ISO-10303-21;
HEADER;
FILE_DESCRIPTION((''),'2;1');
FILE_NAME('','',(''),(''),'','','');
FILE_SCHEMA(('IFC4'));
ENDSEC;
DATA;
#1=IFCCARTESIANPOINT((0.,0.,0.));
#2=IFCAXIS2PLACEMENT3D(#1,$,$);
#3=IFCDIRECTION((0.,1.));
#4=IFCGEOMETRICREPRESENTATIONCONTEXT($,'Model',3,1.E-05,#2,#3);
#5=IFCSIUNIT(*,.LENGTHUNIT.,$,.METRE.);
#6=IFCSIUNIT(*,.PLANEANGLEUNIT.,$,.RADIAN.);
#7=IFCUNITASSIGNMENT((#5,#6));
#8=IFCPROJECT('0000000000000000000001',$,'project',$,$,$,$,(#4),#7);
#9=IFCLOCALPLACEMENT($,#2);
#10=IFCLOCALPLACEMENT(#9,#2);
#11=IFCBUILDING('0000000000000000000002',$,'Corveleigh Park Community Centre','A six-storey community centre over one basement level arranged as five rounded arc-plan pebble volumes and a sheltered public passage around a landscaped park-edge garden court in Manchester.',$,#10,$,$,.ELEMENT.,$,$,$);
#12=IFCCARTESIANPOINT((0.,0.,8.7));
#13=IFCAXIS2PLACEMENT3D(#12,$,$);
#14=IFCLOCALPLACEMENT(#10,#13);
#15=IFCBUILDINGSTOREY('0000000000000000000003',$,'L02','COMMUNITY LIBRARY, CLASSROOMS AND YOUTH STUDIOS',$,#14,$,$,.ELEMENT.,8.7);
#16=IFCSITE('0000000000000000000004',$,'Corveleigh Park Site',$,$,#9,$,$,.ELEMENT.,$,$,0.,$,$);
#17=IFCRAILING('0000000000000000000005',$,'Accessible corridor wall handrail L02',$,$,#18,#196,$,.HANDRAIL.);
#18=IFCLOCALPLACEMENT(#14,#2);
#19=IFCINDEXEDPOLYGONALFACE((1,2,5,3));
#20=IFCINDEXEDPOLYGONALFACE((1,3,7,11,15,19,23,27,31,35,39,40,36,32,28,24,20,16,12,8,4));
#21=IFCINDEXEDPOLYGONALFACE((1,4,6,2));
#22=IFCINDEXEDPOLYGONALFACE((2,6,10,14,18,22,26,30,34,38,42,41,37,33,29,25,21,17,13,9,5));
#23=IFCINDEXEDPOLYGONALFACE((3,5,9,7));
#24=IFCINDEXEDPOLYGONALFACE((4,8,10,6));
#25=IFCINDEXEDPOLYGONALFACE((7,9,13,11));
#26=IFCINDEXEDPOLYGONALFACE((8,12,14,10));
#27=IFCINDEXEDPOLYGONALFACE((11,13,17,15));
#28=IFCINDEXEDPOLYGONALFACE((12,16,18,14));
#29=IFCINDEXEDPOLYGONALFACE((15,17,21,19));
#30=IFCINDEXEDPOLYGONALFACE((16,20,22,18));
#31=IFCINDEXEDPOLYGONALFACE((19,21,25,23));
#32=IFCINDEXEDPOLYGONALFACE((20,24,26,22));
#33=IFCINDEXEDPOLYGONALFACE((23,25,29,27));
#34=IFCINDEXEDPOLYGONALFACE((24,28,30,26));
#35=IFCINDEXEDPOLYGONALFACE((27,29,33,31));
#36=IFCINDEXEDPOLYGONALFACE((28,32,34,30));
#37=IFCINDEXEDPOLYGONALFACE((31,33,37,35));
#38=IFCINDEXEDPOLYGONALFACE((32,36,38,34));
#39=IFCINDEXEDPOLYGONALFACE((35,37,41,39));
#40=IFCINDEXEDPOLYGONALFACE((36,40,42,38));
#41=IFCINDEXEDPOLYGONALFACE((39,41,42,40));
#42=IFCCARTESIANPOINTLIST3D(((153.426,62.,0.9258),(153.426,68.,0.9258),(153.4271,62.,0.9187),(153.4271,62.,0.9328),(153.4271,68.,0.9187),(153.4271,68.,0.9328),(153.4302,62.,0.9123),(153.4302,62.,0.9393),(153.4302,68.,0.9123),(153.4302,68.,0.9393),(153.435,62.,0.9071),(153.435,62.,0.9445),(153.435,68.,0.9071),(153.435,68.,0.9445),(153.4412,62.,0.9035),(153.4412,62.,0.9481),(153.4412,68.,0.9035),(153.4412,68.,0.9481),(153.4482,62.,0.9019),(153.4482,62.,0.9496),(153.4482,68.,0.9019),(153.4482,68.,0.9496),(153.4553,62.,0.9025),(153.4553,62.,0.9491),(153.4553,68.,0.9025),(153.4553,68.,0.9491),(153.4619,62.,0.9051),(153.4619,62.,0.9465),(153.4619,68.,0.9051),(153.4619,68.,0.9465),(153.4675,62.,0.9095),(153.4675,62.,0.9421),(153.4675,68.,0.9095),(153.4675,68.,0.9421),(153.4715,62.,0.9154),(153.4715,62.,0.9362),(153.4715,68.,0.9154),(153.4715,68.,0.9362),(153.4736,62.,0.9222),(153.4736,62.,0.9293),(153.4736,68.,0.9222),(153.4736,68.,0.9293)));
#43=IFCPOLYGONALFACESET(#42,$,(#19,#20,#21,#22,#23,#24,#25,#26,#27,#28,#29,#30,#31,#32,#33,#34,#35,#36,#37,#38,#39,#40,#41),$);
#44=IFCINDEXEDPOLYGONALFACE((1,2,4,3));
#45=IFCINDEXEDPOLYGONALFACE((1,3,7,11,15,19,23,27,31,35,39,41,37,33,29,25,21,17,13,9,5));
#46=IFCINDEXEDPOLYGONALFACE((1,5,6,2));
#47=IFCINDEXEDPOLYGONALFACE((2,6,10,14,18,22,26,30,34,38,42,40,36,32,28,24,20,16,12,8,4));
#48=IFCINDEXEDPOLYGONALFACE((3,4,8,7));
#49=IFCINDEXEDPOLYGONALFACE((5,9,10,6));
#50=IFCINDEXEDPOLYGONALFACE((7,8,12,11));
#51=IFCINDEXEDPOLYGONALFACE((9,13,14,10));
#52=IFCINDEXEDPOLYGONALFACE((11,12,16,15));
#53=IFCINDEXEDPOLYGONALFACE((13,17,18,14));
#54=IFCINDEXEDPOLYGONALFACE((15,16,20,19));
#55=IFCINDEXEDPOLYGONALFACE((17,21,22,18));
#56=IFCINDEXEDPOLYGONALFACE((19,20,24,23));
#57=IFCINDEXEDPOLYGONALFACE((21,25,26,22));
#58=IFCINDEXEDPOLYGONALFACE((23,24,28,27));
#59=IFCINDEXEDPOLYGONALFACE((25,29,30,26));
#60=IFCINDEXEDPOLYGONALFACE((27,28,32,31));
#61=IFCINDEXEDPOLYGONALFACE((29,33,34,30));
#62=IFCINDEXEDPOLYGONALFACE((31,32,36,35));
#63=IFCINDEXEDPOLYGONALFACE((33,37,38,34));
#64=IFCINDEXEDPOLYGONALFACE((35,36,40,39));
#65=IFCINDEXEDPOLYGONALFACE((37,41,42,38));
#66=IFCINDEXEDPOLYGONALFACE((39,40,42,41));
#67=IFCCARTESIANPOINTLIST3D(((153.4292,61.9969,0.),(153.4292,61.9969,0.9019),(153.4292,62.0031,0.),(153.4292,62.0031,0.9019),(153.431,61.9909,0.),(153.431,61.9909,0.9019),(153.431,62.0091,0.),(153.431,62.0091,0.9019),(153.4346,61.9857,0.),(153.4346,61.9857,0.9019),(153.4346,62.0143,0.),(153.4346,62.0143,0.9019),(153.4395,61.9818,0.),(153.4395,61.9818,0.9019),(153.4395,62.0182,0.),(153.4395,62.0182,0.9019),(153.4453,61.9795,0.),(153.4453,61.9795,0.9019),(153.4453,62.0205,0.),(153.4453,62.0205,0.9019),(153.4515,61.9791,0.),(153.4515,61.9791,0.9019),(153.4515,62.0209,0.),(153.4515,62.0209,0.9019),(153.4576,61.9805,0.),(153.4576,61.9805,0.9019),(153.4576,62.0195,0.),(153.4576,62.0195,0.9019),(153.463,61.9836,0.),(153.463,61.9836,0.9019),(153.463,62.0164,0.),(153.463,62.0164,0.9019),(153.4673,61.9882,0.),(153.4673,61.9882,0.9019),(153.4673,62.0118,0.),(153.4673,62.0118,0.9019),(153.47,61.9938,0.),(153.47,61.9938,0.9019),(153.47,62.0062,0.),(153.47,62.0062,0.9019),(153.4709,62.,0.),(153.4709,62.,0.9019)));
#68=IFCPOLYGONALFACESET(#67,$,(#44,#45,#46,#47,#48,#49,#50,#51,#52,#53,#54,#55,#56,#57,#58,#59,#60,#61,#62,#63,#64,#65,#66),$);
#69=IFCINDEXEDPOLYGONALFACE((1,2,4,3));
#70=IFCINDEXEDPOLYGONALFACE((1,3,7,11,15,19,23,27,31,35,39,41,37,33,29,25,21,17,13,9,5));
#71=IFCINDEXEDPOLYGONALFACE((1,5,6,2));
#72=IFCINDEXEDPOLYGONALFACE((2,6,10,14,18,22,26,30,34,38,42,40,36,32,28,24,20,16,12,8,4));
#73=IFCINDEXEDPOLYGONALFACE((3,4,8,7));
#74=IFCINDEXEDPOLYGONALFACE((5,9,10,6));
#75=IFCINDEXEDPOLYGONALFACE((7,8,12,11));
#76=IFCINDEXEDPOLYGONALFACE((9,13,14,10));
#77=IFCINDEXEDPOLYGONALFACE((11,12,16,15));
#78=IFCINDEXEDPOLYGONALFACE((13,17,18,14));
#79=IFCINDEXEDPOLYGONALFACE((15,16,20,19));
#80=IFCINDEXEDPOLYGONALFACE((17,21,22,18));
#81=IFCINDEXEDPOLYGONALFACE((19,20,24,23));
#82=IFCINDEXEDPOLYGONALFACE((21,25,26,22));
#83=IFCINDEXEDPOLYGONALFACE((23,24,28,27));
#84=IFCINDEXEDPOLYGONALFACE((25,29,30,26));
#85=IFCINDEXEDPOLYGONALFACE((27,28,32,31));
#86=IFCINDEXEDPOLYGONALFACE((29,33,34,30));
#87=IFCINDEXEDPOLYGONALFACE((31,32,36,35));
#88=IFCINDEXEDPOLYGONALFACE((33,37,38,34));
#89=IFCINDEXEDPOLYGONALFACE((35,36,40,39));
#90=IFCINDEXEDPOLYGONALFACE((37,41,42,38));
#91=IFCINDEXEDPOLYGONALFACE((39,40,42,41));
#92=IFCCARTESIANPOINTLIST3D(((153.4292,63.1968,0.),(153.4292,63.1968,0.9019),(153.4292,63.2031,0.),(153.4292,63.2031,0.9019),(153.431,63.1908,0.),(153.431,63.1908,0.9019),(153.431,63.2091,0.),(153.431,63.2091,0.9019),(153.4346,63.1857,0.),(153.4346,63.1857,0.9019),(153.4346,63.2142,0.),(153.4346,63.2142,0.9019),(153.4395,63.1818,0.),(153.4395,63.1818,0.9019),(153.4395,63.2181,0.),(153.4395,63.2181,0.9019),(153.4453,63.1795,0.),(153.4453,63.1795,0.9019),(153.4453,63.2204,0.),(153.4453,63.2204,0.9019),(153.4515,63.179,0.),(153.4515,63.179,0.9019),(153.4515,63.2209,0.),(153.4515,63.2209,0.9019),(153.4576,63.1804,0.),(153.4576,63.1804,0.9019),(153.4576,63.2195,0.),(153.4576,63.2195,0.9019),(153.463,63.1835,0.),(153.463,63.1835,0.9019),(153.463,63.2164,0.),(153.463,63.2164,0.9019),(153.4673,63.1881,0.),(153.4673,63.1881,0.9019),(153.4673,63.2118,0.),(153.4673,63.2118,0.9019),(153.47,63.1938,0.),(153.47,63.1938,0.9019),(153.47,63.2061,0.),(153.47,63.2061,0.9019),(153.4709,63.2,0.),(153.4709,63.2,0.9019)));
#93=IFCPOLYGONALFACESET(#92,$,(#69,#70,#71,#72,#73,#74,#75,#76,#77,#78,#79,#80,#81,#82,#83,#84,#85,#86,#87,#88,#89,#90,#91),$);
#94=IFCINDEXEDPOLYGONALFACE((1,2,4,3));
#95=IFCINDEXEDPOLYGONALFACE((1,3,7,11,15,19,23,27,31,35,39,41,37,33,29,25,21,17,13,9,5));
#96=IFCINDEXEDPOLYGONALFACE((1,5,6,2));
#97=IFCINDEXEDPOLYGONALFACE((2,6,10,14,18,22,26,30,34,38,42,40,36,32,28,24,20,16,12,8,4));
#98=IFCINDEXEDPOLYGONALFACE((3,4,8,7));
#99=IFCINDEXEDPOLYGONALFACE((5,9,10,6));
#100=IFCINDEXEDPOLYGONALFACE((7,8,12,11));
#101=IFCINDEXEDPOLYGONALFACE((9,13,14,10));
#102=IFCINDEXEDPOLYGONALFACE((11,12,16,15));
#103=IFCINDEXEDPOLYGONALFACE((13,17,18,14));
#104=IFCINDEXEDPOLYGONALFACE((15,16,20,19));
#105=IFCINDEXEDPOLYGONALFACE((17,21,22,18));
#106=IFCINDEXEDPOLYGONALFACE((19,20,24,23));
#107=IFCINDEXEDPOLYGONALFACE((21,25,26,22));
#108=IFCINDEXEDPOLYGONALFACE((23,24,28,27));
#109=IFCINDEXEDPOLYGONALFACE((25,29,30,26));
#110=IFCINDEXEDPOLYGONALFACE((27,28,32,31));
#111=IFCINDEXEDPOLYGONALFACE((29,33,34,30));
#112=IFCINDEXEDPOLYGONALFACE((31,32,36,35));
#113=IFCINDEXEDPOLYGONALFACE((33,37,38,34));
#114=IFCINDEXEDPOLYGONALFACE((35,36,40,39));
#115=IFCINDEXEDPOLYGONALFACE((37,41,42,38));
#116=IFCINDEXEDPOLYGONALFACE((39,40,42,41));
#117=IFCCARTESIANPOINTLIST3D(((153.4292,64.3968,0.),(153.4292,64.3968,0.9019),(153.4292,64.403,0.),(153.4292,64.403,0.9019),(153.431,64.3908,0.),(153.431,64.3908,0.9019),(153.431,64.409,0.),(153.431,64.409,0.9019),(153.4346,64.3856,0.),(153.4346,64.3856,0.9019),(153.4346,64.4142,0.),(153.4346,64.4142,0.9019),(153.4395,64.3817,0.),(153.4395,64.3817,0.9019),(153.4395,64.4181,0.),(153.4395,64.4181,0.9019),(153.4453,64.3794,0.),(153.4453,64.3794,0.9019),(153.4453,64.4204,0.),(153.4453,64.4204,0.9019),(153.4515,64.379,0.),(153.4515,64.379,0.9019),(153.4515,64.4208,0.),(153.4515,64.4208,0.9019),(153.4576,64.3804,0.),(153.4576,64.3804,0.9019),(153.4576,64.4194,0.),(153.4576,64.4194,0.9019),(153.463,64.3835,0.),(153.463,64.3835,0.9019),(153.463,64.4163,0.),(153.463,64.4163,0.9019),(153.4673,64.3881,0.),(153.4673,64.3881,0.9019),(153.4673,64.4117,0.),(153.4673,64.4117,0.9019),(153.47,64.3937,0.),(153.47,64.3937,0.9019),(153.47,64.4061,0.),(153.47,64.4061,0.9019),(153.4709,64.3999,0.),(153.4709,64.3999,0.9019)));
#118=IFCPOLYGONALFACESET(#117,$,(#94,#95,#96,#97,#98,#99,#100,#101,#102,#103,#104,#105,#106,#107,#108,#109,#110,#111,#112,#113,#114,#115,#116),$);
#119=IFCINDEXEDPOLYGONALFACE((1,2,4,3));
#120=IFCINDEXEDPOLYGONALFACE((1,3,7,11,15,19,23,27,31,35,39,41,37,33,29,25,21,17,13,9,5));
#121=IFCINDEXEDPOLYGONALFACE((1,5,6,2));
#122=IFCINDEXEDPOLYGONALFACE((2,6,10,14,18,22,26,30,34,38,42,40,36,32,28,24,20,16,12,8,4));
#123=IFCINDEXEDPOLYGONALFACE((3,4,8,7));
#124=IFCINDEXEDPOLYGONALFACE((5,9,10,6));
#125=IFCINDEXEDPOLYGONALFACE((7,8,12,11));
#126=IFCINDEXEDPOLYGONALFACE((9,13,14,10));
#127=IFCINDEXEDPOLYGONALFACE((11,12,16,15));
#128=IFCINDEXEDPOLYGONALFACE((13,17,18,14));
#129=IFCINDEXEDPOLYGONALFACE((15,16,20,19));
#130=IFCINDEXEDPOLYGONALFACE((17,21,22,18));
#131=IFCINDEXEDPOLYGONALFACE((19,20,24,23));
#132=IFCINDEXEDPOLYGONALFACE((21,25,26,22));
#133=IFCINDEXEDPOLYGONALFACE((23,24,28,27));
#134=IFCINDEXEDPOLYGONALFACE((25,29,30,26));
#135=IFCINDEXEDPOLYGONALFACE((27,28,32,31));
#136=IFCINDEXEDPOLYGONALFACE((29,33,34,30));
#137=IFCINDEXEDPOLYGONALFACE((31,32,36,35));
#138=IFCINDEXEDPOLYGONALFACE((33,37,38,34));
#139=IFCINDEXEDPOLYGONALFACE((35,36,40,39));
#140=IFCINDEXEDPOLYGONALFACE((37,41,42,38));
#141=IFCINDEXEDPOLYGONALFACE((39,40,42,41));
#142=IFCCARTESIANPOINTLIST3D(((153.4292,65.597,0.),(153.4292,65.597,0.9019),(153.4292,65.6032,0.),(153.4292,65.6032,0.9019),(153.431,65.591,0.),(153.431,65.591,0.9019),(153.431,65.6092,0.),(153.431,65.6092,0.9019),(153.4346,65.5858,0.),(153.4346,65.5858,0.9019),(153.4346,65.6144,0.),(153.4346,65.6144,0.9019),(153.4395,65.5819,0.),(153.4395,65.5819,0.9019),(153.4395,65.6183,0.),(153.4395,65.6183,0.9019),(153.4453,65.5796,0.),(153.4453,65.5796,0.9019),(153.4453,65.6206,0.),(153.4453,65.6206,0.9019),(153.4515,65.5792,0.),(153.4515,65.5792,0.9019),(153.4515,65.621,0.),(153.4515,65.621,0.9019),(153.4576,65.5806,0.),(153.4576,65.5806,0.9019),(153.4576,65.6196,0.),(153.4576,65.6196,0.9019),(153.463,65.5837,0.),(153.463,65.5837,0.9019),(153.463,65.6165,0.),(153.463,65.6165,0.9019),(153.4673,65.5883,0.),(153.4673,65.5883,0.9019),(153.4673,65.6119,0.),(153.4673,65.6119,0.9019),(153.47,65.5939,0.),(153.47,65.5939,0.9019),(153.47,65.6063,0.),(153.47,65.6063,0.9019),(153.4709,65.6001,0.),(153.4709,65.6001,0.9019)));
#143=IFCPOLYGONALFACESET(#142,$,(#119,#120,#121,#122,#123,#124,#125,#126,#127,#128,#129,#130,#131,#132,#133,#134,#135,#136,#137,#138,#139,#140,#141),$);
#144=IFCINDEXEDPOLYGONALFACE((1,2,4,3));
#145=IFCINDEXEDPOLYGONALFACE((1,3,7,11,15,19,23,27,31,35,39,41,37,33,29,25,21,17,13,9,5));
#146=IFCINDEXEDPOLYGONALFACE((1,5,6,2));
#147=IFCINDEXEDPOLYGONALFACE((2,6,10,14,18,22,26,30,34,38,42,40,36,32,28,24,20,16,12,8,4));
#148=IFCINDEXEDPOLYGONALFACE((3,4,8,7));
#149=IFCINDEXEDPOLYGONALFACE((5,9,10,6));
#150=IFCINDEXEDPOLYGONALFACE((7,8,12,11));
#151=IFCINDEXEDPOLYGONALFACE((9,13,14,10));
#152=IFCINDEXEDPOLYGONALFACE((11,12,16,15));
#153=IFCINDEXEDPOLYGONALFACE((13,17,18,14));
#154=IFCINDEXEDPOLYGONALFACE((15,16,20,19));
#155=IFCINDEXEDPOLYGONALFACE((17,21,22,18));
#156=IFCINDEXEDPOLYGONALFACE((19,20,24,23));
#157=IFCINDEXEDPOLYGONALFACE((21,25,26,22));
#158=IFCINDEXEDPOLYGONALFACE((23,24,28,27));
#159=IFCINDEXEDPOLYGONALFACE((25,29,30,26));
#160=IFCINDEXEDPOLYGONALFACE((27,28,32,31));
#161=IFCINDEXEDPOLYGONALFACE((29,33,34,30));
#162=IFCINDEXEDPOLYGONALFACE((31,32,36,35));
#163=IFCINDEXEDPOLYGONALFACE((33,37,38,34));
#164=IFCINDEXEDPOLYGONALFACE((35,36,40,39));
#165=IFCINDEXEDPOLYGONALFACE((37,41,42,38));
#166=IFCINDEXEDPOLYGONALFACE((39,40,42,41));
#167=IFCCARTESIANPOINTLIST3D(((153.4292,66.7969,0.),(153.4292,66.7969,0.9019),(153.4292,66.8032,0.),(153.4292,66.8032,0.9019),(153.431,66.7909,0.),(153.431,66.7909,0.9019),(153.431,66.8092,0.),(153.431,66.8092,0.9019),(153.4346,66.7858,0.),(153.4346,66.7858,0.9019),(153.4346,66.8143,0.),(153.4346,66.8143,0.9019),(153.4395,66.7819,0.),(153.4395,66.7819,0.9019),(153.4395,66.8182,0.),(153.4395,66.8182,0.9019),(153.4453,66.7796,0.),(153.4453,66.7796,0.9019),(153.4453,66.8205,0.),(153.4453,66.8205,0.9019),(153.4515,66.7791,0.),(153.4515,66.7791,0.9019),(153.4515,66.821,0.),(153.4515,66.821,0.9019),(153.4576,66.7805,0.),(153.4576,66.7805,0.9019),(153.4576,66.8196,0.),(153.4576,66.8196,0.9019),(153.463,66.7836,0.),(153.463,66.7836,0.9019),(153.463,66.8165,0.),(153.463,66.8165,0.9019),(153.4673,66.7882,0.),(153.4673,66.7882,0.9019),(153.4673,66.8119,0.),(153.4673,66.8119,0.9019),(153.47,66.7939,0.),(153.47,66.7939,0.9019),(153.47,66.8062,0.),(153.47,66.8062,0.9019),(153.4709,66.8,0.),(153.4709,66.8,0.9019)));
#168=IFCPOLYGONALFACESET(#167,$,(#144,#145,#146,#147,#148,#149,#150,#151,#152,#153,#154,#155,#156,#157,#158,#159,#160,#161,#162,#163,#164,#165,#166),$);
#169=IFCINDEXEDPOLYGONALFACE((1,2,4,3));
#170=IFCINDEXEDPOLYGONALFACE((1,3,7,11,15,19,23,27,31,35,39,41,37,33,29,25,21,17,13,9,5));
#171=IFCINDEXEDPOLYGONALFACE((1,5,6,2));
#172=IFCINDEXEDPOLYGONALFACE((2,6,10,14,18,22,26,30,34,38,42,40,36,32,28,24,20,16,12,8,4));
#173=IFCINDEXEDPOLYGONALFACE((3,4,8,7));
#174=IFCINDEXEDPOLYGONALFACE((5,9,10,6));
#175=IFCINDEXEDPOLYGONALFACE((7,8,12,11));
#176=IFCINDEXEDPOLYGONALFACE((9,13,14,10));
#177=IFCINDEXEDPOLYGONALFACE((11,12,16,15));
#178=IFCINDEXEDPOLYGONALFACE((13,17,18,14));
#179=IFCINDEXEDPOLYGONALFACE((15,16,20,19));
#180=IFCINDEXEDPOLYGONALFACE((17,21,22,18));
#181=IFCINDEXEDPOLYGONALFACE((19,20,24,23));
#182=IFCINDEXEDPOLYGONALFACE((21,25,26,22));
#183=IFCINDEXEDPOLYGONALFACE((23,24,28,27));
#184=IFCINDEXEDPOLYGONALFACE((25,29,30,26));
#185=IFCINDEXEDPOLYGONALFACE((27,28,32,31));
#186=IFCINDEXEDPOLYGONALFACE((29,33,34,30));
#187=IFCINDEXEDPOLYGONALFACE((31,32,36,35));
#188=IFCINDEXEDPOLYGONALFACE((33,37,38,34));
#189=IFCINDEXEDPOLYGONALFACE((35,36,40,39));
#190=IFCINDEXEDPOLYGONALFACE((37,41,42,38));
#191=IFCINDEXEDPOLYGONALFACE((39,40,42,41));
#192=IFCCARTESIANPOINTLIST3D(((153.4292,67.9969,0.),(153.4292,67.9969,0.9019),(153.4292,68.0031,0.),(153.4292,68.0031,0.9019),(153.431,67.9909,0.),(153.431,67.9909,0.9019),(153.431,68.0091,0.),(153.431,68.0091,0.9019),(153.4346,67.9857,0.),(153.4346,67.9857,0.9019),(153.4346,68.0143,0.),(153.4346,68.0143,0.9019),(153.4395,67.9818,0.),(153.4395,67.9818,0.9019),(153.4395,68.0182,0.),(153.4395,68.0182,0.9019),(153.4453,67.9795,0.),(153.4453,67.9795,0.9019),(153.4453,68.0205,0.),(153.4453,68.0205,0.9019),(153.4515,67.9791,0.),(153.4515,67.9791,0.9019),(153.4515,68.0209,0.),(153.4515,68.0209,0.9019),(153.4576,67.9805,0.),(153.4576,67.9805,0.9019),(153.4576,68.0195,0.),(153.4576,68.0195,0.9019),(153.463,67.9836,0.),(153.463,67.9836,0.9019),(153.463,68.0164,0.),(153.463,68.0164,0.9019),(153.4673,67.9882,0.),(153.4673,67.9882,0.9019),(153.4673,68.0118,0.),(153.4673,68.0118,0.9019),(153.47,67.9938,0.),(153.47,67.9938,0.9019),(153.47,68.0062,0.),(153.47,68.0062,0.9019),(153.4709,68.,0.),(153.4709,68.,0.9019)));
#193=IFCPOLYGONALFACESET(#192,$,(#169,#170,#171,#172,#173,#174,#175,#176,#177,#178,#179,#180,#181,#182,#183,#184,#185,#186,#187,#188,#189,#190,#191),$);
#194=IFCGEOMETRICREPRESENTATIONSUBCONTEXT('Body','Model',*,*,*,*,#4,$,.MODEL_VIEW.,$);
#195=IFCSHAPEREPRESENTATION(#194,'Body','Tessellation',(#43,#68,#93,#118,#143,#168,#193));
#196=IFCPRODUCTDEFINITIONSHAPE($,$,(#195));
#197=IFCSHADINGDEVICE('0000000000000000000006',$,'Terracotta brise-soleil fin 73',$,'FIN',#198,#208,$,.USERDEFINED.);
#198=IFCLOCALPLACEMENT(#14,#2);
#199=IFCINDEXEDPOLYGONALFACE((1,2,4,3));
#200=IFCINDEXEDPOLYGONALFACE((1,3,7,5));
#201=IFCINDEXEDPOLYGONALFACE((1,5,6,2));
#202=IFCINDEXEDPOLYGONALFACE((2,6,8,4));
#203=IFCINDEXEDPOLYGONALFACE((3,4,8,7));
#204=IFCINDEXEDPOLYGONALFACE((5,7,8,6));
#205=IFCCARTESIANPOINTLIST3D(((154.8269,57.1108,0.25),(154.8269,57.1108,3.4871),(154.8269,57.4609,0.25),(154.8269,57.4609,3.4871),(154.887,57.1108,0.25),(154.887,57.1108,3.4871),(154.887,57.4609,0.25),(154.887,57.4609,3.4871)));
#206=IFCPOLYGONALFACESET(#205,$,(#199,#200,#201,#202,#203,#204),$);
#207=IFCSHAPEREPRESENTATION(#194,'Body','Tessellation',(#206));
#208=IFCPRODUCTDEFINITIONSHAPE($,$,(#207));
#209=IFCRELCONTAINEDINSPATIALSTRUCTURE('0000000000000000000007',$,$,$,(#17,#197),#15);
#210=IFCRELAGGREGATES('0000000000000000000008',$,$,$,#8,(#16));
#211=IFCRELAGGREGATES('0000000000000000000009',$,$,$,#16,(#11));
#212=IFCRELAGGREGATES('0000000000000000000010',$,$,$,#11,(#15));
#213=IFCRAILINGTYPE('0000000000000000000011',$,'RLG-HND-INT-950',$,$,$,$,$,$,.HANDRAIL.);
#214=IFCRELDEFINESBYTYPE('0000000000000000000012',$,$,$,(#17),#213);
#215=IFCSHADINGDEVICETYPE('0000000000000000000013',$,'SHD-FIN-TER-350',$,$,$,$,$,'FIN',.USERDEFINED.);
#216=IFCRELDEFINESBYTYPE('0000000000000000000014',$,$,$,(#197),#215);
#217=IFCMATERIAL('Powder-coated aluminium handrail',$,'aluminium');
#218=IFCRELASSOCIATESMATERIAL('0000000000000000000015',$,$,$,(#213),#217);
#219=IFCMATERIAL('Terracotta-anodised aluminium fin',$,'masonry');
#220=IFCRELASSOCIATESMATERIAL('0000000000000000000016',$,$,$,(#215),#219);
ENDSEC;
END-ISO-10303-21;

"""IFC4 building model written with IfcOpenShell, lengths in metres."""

from ifc_helpers import new_model, si_unit, direction, frame, origin, origin_2d, place, context, subcontext, project, spatial, rectangle, circle, extrude, material, type_object, element, save


model = new_model("IFC4")

# Units and contexts
model_context = context("Model", 3, precision=1e-05, world=origin(), true_north=direction((0.0, 1.0)))
body_context = subcontext(model_context, "Body", "Model", "MODEL_VIEW")
ifc_project = project(units=[si_unit("LENGTHUNIT", "METRE"), si_unit("PLANEANGLEUNIT", "RADIAN")], contexts=[model_context])

# Site, building, storey
site_placement = place(None, origin())
site = spatial("IfcSite", under=ifc_project, at=site_placement, Name="Corveleigh Park Site", CompositionType="ELEMENT", RefElevation=0.0)
building_placement = place(site_placement, origin())
building = spatial("IfcBuilding", under=site, at=building_placement, Name="Corveleigh Park Community Centre", Description="A six-storey community centre over one basement level arranged as five rounded arc-plan pebble volumes and a sheltered public passage around a landscaped park-edge garden court in Manchester.", CompositionType="ELEMENT")
storey_placement = place(building_placement, frame((0.0, 0.0, 8.7)))
storey = spatial("IfcBuildingStorey", under=building, at=storey_placement, Name="L02", Description="COMMUNITY LIBRARY, CLASSROOMS AND YOUTH STUDIOS", CompositionType="ELEMENT", Elevation=8.7)

# Railing
ifc_material_1 = material(Name="Powder-coated aluminium handrail", Category="aluminium")
railing_type_1 = type_object("IfcRailingType", Name="RLG-HND-INT-950", PredefinedType="HANDRAIL", material=ifc_material_1)
railing_1_placement = place(storey_placement, frame((153.45, 62.0, 0.0)))
element("IfcRailing", 1, at=railing_1_placement, inside=storey, type_object=railing_type_1, Name="Accessible corridor wall handrail L02", PredefinedType="HANDRAIL", context=body_context, shape_type="SweptSolid", body=[
    extrude(circle(Radius=0.0239, at=origin_2d()), frame((0.0, 0.0, 0.9258), z_axis=(0.0, 1.0, 0.0), x_axis=(-1.0, 0.0, 0.0)), (0.0, 0.0, 1.0), 6.0),
    extrude(circle(Radius=0.021, at=origin_2d()), origin(), (0.0, 0.0, 1.0), 0.9019),
    extrude(circle(Radius=0.021, at=origin_2d()), frame((0.0, 1.2, 0.0)), (0.0, 0.0, 1.0), 0.9019),
    extrude(circle(Radius=0.021, at=origin_2d()), frame((0.0, 2.3999, 0.0)), (0.0, 0.0, 1.0), 0.9019),
    extrude(circle(Radius=0.021, at=origin_2d()), frame((0.0, 3.6001, 0.0)), (0.0, 0.0, 1.0), 0.9019),
    extrude(circle(Radius=0.021, at=origin_2d()), frame((0.0, 4.8, 0.0)), (0.0, 0.0, 1.0), 0.9019),
    extrude(circle(Radius=0.021, at=origin_2d()), frame((0.0, 6.0, 0.0)), (0.0, 0.0, 1.0), 0.9019),
])

# Shading device
ifc_material_2 = material(Name="Terracotta-anodised aluminium fin", Category="masonry")
shading_device_type = type_object("IfcShadingDeviceType", Name="SHD-FIN-TER-350", ElementType="FIN", PredefinedType="USERDEFINED", material=ifc_material_2)
shading_device_placement = place(storey_placement, frame((154.8569, 57.2859, 0.25), z_axis=(0.0, 0.0, 1.0), x_axis=(0.0, -1.0, 0.0)))
element("IfcShadingDevice", 2, at=shading_device_placement, inside=storey, type_object=shading_device_type, Name="Terracotta brise-soleil fin 73", ObjectType="FIN", PredefinedType="USERDEFINED", context=body_context, shape_type="SweptSolid", body=[
    extrude(rectangle(XDim=0.3501, YDim=0.0601, at=origin_2d()), origin(), (0.0, 0.0, 1.0), 3.2371),
])

save(model, "model.ifc")
